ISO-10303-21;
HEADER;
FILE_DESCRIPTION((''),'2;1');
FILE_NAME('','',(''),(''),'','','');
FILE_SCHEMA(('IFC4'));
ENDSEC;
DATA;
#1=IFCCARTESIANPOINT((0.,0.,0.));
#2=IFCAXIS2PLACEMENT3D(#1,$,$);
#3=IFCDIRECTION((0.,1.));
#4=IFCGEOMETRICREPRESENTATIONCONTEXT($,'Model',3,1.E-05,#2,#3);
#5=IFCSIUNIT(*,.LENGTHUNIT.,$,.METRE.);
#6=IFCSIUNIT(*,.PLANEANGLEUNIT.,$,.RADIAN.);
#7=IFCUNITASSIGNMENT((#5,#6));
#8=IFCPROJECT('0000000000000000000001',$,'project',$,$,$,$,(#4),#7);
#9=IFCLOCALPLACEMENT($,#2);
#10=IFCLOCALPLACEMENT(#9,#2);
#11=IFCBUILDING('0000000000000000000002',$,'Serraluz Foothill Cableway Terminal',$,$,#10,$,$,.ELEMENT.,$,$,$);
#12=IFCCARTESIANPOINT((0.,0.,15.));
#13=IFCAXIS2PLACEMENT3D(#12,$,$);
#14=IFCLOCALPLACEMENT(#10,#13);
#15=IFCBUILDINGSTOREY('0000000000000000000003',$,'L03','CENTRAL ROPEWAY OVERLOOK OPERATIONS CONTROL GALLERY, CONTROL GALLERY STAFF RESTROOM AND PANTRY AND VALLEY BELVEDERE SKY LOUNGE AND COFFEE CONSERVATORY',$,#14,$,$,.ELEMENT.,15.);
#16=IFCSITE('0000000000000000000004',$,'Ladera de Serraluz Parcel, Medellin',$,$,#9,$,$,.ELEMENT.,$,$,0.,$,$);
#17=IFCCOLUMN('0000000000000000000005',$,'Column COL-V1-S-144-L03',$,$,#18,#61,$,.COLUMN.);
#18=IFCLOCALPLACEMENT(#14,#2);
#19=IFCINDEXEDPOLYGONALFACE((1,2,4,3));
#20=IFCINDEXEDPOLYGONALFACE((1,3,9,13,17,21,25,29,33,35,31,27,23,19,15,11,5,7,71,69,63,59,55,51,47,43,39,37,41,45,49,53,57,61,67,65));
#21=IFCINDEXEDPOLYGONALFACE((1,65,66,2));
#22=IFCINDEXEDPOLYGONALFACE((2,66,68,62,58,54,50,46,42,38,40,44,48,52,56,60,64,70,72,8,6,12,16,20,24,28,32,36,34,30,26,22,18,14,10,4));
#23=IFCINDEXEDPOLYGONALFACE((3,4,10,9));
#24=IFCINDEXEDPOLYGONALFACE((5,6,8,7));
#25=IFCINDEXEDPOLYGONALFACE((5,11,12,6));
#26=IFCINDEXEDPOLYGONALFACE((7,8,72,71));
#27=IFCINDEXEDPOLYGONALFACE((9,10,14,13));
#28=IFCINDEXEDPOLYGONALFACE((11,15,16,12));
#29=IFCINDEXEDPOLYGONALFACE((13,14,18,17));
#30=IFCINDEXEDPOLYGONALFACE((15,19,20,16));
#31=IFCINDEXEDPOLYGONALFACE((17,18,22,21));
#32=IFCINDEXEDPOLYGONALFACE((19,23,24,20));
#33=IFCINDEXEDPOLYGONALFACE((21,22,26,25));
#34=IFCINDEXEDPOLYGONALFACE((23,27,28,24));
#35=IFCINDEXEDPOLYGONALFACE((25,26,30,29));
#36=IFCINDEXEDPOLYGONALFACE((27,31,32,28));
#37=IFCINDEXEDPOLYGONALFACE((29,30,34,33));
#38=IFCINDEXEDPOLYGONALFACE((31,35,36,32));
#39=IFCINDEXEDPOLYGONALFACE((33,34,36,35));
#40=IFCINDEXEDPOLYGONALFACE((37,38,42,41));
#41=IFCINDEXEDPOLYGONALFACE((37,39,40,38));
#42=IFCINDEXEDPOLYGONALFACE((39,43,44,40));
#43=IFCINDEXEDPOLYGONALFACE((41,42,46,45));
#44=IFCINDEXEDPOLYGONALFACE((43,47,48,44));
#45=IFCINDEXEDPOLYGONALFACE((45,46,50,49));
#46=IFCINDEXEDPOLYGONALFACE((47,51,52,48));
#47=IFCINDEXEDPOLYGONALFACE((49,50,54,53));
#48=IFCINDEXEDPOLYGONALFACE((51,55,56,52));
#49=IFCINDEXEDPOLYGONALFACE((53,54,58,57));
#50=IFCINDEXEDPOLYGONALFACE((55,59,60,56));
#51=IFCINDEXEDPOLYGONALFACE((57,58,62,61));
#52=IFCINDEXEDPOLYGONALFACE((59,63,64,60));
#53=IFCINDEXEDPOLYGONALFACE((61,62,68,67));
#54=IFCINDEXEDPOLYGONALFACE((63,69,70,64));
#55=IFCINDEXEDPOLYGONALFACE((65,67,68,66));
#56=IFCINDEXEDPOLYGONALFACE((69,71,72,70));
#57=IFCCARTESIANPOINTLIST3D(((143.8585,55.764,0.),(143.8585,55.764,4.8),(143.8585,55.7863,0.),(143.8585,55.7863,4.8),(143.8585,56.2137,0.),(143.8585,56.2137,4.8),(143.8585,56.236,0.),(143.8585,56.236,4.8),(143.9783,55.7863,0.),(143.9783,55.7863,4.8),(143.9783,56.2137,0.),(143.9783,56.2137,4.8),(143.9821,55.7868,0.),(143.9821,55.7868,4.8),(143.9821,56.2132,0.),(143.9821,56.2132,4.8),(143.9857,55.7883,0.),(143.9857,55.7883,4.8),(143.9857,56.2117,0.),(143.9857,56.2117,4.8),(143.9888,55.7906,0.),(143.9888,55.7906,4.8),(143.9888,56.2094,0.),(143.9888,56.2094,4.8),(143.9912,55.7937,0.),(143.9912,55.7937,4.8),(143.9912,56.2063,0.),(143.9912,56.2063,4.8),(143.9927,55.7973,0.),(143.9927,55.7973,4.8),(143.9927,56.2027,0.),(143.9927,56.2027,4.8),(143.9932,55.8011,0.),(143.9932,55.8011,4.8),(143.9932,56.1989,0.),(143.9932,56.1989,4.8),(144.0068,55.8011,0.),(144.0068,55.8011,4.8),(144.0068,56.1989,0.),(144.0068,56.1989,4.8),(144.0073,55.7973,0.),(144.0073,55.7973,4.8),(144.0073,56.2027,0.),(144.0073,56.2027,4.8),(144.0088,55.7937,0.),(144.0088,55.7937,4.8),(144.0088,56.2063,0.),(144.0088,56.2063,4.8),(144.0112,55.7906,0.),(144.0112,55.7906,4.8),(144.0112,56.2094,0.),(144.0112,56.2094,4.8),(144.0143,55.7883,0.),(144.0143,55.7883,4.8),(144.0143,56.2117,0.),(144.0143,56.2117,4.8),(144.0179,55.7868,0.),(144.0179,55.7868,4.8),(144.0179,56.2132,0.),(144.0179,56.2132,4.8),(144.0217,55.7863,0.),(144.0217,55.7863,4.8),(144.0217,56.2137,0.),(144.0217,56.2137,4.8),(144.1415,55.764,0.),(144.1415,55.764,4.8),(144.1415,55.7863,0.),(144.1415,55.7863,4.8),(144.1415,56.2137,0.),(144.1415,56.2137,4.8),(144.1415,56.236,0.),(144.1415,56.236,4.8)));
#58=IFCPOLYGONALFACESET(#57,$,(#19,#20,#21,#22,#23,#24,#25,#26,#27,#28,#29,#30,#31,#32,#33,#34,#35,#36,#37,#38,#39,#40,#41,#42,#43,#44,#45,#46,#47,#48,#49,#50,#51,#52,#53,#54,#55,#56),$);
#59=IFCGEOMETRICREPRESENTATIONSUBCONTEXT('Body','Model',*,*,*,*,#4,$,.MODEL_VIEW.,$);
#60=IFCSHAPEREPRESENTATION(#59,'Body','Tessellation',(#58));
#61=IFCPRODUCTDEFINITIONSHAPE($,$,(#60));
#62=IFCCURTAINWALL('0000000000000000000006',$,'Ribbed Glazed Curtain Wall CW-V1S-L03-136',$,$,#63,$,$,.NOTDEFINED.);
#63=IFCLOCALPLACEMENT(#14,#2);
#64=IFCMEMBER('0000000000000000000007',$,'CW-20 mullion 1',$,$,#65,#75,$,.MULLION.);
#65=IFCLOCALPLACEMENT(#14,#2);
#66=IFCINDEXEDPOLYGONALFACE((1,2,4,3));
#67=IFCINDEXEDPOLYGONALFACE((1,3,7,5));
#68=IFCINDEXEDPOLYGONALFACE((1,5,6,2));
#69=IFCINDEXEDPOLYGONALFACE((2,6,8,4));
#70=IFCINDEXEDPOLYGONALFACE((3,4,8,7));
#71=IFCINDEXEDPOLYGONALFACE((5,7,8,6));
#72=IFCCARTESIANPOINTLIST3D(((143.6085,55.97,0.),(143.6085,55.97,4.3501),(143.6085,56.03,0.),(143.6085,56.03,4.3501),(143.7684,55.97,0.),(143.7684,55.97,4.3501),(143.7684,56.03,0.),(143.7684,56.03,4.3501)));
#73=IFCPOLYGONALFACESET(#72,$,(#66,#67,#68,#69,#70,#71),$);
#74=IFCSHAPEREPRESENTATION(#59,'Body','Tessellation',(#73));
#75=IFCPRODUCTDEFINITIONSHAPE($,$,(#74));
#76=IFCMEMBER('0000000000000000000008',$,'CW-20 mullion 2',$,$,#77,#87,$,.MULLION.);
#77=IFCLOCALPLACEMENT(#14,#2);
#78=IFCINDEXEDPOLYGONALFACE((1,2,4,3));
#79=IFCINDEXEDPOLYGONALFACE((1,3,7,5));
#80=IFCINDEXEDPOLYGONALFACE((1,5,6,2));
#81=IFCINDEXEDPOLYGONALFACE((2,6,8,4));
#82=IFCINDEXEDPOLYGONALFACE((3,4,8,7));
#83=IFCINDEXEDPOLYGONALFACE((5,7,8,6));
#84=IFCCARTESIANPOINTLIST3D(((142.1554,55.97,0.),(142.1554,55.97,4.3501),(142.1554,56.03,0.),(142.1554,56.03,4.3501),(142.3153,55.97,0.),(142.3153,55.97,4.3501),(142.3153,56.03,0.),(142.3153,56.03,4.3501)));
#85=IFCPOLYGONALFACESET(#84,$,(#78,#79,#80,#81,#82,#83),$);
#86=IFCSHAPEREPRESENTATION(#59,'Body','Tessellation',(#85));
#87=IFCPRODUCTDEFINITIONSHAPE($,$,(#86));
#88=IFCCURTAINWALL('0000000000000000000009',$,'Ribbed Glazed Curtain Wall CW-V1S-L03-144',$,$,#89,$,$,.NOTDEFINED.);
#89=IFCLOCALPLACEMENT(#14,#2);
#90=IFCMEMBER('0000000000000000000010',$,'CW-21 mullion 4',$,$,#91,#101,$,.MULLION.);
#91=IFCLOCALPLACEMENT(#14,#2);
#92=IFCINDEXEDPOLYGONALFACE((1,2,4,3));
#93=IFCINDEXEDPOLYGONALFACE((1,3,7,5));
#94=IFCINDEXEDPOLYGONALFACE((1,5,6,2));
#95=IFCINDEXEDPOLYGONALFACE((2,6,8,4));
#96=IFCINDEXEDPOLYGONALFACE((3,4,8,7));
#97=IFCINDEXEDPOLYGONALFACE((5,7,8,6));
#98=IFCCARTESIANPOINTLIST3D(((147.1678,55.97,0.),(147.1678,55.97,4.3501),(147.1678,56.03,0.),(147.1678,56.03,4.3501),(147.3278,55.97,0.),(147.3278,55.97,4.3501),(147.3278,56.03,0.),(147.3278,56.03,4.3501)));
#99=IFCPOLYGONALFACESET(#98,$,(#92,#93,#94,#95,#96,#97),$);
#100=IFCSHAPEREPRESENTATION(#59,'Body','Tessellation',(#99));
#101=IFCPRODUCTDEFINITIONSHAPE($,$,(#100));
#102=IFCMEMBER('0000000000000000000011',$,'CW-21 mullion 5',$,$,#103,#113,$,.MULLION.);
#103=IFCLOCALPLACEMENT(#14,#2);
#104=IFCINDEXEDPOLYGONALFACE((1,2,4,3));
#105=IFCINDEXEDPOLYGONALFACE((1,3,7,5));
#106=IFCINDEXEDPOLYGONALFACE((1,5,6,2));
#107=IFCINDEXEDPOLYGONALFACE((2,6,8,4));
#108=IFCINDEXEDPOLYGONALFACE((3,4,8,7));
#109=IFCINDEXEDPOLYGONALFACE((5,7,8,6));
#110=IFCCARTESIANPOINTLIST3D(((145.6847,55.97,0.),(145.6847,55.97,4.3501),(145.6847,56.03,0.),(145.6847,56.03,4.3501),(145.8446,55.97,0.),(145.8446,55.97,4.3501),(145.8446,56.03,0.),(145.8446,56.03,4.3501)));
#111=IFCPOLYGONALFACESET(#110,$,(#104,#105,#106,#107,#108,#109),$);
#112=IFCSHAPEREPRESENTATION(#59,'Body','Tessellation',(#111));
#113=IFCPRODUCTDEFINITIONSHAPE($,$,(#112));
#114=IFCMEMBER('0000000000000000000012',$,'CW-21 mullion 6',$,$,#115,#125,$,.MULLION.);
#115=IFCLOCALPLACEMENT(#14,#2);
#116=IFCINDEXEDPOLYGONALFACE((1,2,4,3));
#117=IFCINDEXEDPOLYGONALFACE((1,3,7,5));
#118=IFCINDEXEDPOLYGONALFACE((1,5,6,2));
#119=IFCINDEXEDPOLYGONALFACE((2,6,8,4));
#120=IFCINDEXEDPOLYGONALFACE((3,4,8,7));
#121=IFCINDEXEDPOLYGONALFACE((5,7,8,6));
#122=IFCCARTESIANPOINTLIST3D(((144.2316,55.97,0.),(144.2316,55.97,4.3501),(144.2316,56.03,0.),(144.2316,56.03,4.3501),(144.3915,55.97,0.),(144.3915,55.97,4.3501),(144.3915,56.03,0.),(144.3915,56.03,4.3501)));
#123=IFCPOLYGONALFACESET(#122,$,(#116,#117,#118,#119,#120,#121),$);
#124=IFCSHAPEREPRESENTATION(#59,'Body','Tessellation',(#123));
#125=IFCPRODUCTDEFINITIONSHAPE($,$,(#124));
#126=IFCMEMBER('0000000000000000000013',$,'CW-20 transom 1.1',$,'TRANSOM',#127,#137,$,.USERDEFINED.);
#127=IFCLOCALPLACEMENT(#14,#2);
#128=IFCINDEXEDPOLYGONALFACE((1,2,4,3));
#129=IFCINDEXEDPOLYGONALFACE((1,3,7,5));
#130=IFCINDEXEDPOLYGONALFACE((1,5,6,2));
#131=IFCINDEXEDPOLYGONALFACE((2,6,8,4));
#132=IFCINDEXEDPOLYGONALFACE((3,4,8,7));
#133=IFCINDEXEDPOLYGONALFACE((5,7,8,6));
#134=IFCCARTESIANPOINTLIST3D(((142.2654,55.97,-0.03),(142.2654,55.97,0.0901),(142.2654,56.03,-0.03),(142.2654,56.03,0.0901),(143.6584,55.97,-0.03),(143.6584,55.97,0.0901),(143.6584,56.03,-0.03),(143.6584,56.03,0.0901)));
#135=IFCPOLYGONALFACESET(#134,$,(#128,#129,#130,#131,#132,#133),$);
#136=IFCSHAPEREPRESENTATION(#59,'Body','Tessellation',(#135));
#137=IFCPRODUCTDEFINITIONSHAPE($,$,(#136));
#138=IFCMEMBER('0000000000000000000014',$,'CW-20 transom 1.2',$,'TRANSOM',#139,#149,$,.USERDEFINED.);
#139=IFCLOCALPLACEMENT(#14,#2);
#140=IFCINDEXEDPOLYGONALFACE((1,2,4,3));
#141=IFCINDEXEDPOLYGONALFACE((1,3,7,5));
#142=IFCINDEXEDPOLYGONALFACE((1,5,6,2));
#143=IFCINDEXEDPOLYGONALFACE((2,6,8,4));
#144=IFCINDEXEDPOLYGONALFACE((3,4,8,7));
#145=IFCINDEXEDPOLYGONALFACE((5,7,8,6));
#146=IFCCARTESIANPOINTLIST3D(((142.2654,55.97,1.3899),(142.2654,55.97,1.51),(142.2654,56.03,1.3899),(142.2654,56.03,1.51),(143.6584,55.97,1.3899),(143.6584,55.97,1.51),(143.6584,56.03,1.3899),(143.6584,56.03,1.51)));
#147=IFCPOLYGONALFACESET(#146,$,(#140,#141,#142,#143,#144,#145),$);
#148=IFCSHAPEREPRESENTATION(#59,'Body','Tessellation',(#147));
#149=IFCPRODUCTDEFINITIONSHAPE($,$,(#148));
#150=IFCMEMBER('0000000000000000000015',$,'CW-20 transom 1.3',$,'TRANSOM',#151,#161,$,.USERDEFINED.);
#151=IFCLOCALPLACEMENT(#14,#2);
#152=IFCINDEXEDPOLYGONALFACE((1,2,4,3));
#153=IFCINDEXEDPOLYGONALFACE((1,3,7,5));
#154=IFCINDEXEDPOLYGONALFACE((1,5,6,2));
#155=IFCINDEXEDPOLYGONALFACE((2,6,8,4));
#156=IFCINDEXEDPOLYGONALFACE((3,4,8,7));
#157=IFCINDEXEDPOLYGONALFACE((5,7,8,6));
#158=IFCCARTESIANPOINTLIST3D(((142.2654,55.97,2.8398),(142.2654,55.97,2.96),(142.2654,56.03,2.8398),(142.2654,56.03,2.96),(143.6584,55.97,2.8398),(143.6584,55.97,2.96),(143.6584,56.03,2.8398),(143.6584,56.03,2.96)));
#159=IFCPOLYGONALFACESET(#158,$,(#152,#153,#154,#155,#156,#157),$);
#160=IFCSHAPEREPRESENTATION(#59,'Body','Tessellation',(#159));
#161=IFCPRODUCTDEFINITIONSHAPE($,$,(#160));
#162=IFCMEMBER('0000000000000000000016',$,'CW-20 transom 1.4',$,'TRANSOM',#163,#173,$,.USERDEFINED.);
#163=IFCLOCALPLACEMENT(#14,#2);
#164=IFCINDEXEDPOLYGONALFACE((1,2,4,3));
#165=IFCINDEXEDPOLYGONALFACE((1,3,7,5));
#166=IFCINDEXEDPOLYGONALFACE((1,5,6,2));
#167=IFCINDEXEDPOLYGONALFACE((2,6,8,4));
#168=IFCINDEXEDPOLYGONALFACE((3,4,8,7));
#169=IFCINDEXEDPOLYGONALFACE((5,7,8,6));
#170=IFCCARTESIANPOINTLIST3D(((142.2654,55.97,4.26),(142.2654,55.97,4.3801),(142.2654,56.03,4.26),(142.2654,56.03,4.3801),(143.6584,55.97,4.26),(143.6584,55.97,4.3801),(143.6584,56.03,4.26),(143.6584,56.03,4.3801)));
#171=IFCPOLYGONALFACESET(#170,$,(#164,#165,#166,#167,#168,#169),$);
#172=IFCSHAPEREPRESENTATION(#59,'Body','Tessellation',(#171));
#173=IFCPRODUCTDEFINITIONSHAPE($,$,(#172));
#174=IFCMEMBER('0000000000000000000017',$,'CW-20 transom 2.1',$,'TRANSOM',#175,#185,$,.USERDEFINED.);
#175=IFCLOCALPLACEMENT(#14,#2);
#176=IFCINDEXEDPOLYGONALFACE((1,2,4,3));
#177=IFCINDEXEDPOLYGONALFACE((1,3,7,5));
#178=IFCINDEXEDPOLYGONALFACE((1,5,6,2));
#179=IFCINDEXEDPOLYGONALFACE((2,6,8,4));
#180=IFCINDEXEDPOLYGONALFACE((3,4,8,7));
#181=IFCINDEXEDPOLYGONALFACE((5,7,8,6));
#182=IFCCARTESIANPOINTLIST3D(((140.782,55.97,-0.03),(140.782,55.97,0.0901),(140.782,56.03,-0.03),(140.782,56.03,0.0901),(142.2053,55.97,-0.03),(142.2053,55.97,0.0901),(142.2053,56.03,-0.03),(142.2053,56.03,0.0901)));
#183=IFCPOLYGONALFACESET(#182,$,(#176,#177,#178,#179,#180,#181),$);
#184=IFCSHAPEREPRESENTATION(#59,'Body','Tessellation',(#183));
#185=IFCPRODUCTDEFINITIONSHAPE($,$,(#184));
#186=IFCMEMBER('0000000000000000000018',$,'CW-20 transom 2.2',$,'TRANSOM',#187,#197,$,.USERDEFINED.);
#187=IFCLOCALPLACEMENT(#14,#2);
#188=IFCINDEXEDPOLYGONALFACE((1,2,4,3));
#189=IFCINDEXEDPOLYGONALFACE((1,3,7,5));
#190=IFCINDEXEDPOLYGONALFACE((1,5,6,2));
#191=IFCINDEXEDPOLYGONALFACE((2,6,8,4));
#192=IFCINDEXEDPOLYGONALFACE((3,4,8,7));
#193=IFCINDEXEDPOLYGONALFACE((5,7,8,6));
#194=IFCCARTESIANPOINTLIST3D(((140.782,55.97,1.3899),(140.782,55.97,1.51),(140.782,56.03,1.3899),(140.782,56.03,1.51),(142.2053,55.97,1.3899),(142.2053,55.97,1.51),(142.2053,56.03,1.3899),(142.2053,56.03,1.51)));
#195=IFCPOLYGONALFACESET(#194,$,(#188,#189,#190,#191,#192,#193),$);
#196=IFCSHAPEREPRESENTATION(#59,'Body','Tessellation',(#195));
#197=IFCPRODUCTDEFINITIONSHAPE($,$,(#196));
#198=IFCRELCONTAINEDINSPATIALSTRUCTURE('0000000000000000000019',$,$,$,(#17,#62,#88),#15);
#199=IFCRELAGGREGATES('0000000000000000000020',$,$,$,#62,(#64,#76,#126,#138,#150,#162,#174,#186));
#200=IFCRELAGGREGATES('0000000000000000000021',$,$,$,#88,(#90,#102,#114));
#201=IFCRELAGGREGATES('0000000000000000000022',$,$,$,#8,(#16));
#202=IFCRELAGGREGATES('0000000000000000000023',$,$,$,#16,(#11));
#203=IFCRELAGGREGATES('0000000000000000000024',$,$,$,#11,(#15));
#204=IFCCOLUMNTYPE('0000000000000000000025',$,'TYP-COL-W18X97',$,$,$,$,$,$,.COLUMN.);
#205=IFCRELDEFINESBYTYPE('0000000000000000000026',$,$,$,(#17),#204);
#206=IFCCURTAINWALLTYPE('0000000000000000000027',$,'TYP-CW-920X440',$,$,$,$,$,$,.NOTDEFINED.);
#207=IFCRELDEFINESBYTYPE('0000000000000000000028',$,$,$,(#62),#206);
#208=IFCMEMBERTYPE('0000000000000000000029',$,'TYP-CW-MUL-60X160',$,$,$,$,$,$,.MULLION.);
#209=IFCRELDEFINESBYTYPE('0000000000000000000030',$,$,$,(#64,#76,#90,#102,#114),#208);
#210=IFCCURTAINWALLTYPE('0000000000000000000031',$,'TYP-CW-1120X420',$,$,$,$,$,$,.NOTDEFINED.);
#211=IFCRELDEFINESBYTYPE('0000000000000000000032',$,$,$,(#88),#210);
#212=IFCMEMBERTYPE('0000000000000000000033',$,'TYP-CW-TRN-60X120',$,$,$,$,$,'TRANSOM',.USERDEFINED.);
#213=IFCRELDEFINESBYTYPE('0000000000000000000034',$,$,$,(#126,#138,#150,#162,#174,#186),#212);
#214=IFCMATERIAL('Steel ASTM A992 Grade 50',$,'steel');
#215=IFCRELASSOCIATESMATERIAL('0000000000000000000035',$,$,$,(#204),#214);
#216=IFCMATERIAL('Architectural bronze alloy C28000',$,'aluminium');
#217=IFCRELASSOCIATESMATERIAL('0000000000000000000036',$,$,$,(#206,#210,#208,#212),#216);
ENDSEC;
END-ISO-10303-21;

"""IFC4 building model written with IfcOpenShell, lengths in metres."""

from ifc_helpers import new_model, si_unit, direction, frame, origin, origin_2d, place, context, subcontext, project, spatial, rectangle, i_section, extrude, material, material_profile, profile_set, type_object, element, aggregate, save


model = new_model("IFC4")

# Units and contexts
model_context = context("Model", 3, precision=1e-05, world=origin(), true_north=direction((0.0, 1.0)))
body_context = subcontext(model_context, "Body", "Model", "MODEL_VIEW")
ifc_project = project(units=[si_unit("LENGTHUNIT", "METRE"), si_unit("PLANEANGLEUNIT", "RADIAN")], contexts=[model_context])

# Site, building, storey
site_placement = place(None, origin())
site = spatial("IfcSite", under=ifc_project, at=site_placement, Name="Ladera de Serraluz Parcel, Medellin", CompositionType="ELEMENT", RefElevation=0.0)
building_placement = place(site_placement, origin())
building = spatial("IfcBuilding", under=site, at=building_placement, Name="Serraluz Foothill Cableway Terminal", CompositionType="ELEMENT")
storey_placement = place(building_placement, frame((0.0, 0.0, 15.0)))
storey = spatial("IfcBuildingStorey", under=building, at=storey_placement, Name="L03", Description="CENTRAL ROPEWAY OVERLOOK OPERATIONS CONTROL GALLERY, CONTROL GALLERY STAFF RESTROOM AND PANTRY AND VALLEY BELVEDERE SKY LOUNGE AND COFFEE CONSERVATORY", CompositionType="ELEMENT", Elevation=15.0)

# Column
ifc_material_1 = material(Name="Steel ASTM A992 Grade 50", Category="steel")
ifc_material_profile_1 = material_profile(ifc_material_1, i_section(OverallWidth=0.283, OverallDepth=0.4719, WebThickness=0.0137, FlangeThickness=0.0222, FilletRadius=0.0149, at=origin_2d()), Name="W18X97")
ifc_profile_set_1 = profile_set([ifc_material_profile_1], Name="Steel ASTM A992 Grade 50")
column_type = type_object("IfcColumnType", Name="TYP-COL-W18X97", PredefinedType="COLUMN", material=ifc_profile_set_1)
column_placement = place(storey_placement, frame((144.0, 56.0, 0.0), z_axis=(0.0, 0.0, 1.0), x_axis=(1.0, 0.0, 0.0)))
element("IfcColumn", 1, at=column_placement, inside=storey, type_object=column_type, Name="Column COL-V1-S-144-L03", PredefinedType="COLUMN", context=body_context, shape_type="SweptSolid", body=[
    extrude(i_section(OverallWidth=0.283, OverallDepth=0.4719, WebThickness=0.0137, FlangeThickness=0.0222, FilletRadius=0.0149, at=origin_2d()), origin(), (0.0, 0.0, 1.0), 4.8),
])

# Curtain walls, members
ifc_material_2 = material(Name="Architectural bronze alloy C28000", Category="aluminium")
curtain_wall_type_1 = type_object("IfcCurtainWallType", Name="TYP-CW-920X440", PredefinedType="NOTDEFINED", material=ifc_material_2)
curtain_wall_1_placement = place(storey_placement, origin())
curtain_wall_1 = element("IfcCurtainWall", 2, at=curtain_wall_1_placement, inside=storey, type_object=curtain_wall_type_1, Name="Ribbed Glazed Curtain Wall CW-V1S-L03-136", PredefinedType="NOTDEFINED")
ifc_material_profile_2 = material_profile(ifc_material_2, rectangle(XDim=0.0601, YDim=0.1599, at=origin_2d()), Name="ALU MULLION 60x160")
ifc_profile_set_2 = profile_set([ifc_material_profile_2], Name="Architectural bronze alloy C28000")
member_type_1 = type_object("IfcMemberType", Name="TYP-CW-MUL-60X160", PredefinedType="MULLION", material=ifc_profile_set_2)
member_1_placement = place(storey_placement, frame((143.6885, 56.0, 0.0), z_axis=(0.0, 0.0, 1.0), x_axis=(0.0, -1.0, 0.0)))
member_1 = element("IfcMember", 3, at=member_1_placement, type_object=member_type_1, Name="CW-20 mullion 1", PredefinedType="MULLION", context=body_context, shape_type="SweptSolid", body=[
    extrude(rectangle(XDim=0.0601, YDim=0.1599, at=origin_2d()), origin(), (0.0, 0.0, 1.0), 4.3501),
])
member_2_placement = place(storey_placement, frame((142.2354, 56.0, 0.0), z_axis=(0.0, 0.0, 1.0), x_axis=(0.0, -1.0, 0.0)))
member_2 = element("IfcMember", 4, at=member_2_placement, type_object=member_type_1, Name="CW-20 mullion 2", PredefinedType="MULLION", context=body_context, shape_type="SweptSolid", body=[
    extrude(rectangle(XDim=0.0601, YDim=0.1599, at=origin_2d()), origin(), (0.0, 0.0, 1.0), 4.3501),
])
curtain_wall_type_2 = type_object("IfcCurtainWallType", Name="TYP-CW-1120X420", PredefinedType="NOTDEFINED", material=ifc_material_2)
curtain_wall_2_placement = place(storey_placement, origin())
curtain_wall_2 = element("IfcCurtainWall", 5, at=curtain_wall_2_placement, inside=storey, type_object=curtain_wall_type_2, Name="Ribbed Glazed Curtain Wall CW-V1S-L03-144", PredefinedType="NOTDEFINED")
member_3_placement = place(storey_placement, frame((147.2478, 56.0, 0.0), z_axis=(0.0, 0.0, 1.0), x_axis=(0.0, -1.0, 0.0)))
member_3 = element("IfcMember", 6, at=member_3_placement, type_object=member_type_1, Name="CW-21 mullion 4", PredefinedType="MULLION", context=body_context, shape_type="SweptSolid", body=[
    extrude(rectangle(XDim=0.0601, YDim=0.1599, at=origin_2d()), origin(), (0.0, 0.0, 1.0), 4.3501),
])
member_4_placement = place(storey_placement, frame((145.7646, 56.0, 0.0), z_axis=(0.0, 0.0, 1.0), x_axis=(0.0, -1.0, 0.0)))
member_4 = element("IfcMember", 7, at=member_4_placement, type_object=member_type_1, Name="CW-21 mullion 5", PredefinedType="MULLION", context=body_context, shape_type="SweptSolid", body=[
    extrude(rectangle(XDim=0.0601, YDim=0.1599, at=origin_2d()), origin(), (0.0, 0.0, 1.0), 4.3501),
])
member_5_placement = place(storey_placement, frame((144.3115, 56.0, 0.0), z_axis=(0.0, 0.0, 1.0), x_axis=(0.0, -1.0, 0.0)))
member_5 = element("IfcMember", 8, at=member_5_placement, type_object=member_type_1, Name="CW-21 mullion 6", PredefinedType="MULLION", context=body_context, shape_type="SweptSolid", body=[
    extrude(rectangle(XDim=0.0601, YDim=0.1599, at=origin_2d()), origin(), (0.0, 0.0, 1.0), 4.3501),
])

# Members
ifc_material_profile_3 = material_profile(ifc_material_2, rectangle(XDim=0.0601, YDim=0.1201, at=origin_2d()), Name="ALU TRANSOM 60x120")
ifc_profile_set_3 = profile_set([ifc_material_profile_3], Name="Architectural bronze alloy C28000")
member_type_2 = type_object("IfcMemberType", Name="TYP-CW-TRN-60X120", ElementType="TRANSOM", PredefinedType="USERDEFINED", material=ifc_profile_set_3)
member_6_placement = place(storey_placement, frame((143.6584, 56.0, 0.03), z_axis=(-1.0, 0.0, 0.0), x_axis=(0.0, -1.0, 0.0)))
member_6 = element("IfcMember", 9, at=member_6_placement, type_object=member_type_2, Name="CW-20 transom 1.1", ObjectType="TRANSOM", PredefinedType="USERDEFINED", context=body_context, shape_type="SweptSolid", body=[
    extrude(rectangle(XDim=0.0601, YDim=0.1201, at=origin_2d()), origin(), (0.0, 0.0, 1.0), 1.3931),
])
member_7_placement = place(storey_placement, frame((143.6584, 56.0, 1.45), z_axis=(-1.0, 0.0, 0.0), x_axis=(0.0, -1.0, 0.0)))
member_7 = element("IfcMember", 10, at=member_7_placement, type_object=member_type_2, Name="CW-20 transom 1.2", ObjectType="TRANSOM", PredefinedType="USERDEFINED", context=body_context, shape_type="SweptSolid", body=[
    extrude(rectangle(XDim=0.0601, YDim=0.1201, at=origin_2d()), origin(), (0.0, 0.0, 1.0), 1.3931),
])
member_8_placement = place(storey_placement, frame((143.6584, 56.0, 2.8999), z_axis=(-1.0, 0.0, 0.0), x_axis=(0.0, -1.0, 0.0)))
member_8 = element("IfcMember", 11, at=member_8_placement, type_object=member_type_2, Name="CW-20 transom 1.3", ObjectType="TRANSOM", PredefinedType="USERDEFINED", context=body_context, shape_type="SweptSolid", body=[
    extrude(rectangle(XDim=0.0601, YDim=0.1201, at=origin_2d()), origin(), (0.0, 0.0, 1.0), 1.3931),
])
member_9_placement = place(storey_placement, frame((143.6584, 56.0, 4.3201), z_axis=(-1.0, 0.0, 0.0), x_axis=(0.0, -1.0, 0.0)))
member_9 = element("IfcMember", 12, at=member_9_placement, type_object=member_type_2, Name="CW-20 transom 1.4", ObjectType="TRANSOM", PredefinedType="USERDEFINED", context=body_context, shape_type="SweptSolid", body=[
    extrude(rectangle(XDim=0.0601, YDim=0.1201, at=origin_2d()), origin(), (0.0, 0.0, 1.0), 1.3931),
])
member_10_placement = place(storey_placement, frame((142.2053, 56.0, 0.03), z_axis=(-1.0, 0.0, 0.0), x_axis=(0.0, -1.0, 0.0)))
member_10 = element("IfcMember", 13, at=member_10_placement, type_object=member_type_2, Name="CW-20 transom 2.1", ObjectType="TRANSOM", PredefinedType="USERDEFINED", context=body_context, shape_type="SweptSolid", body=[
    extrude(rectangle(XDim=0.0601, YDim=0.1201, at=origin_2d()), origin(), (0.0, 0.0, 1.0), 1.4233),
])
member_11_placement = place(storey_placement, frame((142.2053, 56.0, 1.45), z_axis=(-1.0, 0.0, 0.0), x_axis=(0.0, -1.0, 0.0)))
member_11 = element("IfcMember", 14, at=member_11_placement, type_object=member_type_2, Name="CW-20 transom 2.2", ObjectType="TRANSOM", PredefinedType="USERDEFINED", context=body_context, shape_type="SweptSolid", body=[
    extrude(rectangle(XDim=0.0601, YDim=0.1201, at=origin_2d()), origin(), (0.0, 0.0, 1.0), 1.4233),
])

aggregate(curtain_wall_1, [member_1, member_2, member_6, member_7, member_8, member_9, member_10, member_11])
aggregate(curtain_wall_2, [member_3, member_4, member_5])

save(model, "model.ifc")
